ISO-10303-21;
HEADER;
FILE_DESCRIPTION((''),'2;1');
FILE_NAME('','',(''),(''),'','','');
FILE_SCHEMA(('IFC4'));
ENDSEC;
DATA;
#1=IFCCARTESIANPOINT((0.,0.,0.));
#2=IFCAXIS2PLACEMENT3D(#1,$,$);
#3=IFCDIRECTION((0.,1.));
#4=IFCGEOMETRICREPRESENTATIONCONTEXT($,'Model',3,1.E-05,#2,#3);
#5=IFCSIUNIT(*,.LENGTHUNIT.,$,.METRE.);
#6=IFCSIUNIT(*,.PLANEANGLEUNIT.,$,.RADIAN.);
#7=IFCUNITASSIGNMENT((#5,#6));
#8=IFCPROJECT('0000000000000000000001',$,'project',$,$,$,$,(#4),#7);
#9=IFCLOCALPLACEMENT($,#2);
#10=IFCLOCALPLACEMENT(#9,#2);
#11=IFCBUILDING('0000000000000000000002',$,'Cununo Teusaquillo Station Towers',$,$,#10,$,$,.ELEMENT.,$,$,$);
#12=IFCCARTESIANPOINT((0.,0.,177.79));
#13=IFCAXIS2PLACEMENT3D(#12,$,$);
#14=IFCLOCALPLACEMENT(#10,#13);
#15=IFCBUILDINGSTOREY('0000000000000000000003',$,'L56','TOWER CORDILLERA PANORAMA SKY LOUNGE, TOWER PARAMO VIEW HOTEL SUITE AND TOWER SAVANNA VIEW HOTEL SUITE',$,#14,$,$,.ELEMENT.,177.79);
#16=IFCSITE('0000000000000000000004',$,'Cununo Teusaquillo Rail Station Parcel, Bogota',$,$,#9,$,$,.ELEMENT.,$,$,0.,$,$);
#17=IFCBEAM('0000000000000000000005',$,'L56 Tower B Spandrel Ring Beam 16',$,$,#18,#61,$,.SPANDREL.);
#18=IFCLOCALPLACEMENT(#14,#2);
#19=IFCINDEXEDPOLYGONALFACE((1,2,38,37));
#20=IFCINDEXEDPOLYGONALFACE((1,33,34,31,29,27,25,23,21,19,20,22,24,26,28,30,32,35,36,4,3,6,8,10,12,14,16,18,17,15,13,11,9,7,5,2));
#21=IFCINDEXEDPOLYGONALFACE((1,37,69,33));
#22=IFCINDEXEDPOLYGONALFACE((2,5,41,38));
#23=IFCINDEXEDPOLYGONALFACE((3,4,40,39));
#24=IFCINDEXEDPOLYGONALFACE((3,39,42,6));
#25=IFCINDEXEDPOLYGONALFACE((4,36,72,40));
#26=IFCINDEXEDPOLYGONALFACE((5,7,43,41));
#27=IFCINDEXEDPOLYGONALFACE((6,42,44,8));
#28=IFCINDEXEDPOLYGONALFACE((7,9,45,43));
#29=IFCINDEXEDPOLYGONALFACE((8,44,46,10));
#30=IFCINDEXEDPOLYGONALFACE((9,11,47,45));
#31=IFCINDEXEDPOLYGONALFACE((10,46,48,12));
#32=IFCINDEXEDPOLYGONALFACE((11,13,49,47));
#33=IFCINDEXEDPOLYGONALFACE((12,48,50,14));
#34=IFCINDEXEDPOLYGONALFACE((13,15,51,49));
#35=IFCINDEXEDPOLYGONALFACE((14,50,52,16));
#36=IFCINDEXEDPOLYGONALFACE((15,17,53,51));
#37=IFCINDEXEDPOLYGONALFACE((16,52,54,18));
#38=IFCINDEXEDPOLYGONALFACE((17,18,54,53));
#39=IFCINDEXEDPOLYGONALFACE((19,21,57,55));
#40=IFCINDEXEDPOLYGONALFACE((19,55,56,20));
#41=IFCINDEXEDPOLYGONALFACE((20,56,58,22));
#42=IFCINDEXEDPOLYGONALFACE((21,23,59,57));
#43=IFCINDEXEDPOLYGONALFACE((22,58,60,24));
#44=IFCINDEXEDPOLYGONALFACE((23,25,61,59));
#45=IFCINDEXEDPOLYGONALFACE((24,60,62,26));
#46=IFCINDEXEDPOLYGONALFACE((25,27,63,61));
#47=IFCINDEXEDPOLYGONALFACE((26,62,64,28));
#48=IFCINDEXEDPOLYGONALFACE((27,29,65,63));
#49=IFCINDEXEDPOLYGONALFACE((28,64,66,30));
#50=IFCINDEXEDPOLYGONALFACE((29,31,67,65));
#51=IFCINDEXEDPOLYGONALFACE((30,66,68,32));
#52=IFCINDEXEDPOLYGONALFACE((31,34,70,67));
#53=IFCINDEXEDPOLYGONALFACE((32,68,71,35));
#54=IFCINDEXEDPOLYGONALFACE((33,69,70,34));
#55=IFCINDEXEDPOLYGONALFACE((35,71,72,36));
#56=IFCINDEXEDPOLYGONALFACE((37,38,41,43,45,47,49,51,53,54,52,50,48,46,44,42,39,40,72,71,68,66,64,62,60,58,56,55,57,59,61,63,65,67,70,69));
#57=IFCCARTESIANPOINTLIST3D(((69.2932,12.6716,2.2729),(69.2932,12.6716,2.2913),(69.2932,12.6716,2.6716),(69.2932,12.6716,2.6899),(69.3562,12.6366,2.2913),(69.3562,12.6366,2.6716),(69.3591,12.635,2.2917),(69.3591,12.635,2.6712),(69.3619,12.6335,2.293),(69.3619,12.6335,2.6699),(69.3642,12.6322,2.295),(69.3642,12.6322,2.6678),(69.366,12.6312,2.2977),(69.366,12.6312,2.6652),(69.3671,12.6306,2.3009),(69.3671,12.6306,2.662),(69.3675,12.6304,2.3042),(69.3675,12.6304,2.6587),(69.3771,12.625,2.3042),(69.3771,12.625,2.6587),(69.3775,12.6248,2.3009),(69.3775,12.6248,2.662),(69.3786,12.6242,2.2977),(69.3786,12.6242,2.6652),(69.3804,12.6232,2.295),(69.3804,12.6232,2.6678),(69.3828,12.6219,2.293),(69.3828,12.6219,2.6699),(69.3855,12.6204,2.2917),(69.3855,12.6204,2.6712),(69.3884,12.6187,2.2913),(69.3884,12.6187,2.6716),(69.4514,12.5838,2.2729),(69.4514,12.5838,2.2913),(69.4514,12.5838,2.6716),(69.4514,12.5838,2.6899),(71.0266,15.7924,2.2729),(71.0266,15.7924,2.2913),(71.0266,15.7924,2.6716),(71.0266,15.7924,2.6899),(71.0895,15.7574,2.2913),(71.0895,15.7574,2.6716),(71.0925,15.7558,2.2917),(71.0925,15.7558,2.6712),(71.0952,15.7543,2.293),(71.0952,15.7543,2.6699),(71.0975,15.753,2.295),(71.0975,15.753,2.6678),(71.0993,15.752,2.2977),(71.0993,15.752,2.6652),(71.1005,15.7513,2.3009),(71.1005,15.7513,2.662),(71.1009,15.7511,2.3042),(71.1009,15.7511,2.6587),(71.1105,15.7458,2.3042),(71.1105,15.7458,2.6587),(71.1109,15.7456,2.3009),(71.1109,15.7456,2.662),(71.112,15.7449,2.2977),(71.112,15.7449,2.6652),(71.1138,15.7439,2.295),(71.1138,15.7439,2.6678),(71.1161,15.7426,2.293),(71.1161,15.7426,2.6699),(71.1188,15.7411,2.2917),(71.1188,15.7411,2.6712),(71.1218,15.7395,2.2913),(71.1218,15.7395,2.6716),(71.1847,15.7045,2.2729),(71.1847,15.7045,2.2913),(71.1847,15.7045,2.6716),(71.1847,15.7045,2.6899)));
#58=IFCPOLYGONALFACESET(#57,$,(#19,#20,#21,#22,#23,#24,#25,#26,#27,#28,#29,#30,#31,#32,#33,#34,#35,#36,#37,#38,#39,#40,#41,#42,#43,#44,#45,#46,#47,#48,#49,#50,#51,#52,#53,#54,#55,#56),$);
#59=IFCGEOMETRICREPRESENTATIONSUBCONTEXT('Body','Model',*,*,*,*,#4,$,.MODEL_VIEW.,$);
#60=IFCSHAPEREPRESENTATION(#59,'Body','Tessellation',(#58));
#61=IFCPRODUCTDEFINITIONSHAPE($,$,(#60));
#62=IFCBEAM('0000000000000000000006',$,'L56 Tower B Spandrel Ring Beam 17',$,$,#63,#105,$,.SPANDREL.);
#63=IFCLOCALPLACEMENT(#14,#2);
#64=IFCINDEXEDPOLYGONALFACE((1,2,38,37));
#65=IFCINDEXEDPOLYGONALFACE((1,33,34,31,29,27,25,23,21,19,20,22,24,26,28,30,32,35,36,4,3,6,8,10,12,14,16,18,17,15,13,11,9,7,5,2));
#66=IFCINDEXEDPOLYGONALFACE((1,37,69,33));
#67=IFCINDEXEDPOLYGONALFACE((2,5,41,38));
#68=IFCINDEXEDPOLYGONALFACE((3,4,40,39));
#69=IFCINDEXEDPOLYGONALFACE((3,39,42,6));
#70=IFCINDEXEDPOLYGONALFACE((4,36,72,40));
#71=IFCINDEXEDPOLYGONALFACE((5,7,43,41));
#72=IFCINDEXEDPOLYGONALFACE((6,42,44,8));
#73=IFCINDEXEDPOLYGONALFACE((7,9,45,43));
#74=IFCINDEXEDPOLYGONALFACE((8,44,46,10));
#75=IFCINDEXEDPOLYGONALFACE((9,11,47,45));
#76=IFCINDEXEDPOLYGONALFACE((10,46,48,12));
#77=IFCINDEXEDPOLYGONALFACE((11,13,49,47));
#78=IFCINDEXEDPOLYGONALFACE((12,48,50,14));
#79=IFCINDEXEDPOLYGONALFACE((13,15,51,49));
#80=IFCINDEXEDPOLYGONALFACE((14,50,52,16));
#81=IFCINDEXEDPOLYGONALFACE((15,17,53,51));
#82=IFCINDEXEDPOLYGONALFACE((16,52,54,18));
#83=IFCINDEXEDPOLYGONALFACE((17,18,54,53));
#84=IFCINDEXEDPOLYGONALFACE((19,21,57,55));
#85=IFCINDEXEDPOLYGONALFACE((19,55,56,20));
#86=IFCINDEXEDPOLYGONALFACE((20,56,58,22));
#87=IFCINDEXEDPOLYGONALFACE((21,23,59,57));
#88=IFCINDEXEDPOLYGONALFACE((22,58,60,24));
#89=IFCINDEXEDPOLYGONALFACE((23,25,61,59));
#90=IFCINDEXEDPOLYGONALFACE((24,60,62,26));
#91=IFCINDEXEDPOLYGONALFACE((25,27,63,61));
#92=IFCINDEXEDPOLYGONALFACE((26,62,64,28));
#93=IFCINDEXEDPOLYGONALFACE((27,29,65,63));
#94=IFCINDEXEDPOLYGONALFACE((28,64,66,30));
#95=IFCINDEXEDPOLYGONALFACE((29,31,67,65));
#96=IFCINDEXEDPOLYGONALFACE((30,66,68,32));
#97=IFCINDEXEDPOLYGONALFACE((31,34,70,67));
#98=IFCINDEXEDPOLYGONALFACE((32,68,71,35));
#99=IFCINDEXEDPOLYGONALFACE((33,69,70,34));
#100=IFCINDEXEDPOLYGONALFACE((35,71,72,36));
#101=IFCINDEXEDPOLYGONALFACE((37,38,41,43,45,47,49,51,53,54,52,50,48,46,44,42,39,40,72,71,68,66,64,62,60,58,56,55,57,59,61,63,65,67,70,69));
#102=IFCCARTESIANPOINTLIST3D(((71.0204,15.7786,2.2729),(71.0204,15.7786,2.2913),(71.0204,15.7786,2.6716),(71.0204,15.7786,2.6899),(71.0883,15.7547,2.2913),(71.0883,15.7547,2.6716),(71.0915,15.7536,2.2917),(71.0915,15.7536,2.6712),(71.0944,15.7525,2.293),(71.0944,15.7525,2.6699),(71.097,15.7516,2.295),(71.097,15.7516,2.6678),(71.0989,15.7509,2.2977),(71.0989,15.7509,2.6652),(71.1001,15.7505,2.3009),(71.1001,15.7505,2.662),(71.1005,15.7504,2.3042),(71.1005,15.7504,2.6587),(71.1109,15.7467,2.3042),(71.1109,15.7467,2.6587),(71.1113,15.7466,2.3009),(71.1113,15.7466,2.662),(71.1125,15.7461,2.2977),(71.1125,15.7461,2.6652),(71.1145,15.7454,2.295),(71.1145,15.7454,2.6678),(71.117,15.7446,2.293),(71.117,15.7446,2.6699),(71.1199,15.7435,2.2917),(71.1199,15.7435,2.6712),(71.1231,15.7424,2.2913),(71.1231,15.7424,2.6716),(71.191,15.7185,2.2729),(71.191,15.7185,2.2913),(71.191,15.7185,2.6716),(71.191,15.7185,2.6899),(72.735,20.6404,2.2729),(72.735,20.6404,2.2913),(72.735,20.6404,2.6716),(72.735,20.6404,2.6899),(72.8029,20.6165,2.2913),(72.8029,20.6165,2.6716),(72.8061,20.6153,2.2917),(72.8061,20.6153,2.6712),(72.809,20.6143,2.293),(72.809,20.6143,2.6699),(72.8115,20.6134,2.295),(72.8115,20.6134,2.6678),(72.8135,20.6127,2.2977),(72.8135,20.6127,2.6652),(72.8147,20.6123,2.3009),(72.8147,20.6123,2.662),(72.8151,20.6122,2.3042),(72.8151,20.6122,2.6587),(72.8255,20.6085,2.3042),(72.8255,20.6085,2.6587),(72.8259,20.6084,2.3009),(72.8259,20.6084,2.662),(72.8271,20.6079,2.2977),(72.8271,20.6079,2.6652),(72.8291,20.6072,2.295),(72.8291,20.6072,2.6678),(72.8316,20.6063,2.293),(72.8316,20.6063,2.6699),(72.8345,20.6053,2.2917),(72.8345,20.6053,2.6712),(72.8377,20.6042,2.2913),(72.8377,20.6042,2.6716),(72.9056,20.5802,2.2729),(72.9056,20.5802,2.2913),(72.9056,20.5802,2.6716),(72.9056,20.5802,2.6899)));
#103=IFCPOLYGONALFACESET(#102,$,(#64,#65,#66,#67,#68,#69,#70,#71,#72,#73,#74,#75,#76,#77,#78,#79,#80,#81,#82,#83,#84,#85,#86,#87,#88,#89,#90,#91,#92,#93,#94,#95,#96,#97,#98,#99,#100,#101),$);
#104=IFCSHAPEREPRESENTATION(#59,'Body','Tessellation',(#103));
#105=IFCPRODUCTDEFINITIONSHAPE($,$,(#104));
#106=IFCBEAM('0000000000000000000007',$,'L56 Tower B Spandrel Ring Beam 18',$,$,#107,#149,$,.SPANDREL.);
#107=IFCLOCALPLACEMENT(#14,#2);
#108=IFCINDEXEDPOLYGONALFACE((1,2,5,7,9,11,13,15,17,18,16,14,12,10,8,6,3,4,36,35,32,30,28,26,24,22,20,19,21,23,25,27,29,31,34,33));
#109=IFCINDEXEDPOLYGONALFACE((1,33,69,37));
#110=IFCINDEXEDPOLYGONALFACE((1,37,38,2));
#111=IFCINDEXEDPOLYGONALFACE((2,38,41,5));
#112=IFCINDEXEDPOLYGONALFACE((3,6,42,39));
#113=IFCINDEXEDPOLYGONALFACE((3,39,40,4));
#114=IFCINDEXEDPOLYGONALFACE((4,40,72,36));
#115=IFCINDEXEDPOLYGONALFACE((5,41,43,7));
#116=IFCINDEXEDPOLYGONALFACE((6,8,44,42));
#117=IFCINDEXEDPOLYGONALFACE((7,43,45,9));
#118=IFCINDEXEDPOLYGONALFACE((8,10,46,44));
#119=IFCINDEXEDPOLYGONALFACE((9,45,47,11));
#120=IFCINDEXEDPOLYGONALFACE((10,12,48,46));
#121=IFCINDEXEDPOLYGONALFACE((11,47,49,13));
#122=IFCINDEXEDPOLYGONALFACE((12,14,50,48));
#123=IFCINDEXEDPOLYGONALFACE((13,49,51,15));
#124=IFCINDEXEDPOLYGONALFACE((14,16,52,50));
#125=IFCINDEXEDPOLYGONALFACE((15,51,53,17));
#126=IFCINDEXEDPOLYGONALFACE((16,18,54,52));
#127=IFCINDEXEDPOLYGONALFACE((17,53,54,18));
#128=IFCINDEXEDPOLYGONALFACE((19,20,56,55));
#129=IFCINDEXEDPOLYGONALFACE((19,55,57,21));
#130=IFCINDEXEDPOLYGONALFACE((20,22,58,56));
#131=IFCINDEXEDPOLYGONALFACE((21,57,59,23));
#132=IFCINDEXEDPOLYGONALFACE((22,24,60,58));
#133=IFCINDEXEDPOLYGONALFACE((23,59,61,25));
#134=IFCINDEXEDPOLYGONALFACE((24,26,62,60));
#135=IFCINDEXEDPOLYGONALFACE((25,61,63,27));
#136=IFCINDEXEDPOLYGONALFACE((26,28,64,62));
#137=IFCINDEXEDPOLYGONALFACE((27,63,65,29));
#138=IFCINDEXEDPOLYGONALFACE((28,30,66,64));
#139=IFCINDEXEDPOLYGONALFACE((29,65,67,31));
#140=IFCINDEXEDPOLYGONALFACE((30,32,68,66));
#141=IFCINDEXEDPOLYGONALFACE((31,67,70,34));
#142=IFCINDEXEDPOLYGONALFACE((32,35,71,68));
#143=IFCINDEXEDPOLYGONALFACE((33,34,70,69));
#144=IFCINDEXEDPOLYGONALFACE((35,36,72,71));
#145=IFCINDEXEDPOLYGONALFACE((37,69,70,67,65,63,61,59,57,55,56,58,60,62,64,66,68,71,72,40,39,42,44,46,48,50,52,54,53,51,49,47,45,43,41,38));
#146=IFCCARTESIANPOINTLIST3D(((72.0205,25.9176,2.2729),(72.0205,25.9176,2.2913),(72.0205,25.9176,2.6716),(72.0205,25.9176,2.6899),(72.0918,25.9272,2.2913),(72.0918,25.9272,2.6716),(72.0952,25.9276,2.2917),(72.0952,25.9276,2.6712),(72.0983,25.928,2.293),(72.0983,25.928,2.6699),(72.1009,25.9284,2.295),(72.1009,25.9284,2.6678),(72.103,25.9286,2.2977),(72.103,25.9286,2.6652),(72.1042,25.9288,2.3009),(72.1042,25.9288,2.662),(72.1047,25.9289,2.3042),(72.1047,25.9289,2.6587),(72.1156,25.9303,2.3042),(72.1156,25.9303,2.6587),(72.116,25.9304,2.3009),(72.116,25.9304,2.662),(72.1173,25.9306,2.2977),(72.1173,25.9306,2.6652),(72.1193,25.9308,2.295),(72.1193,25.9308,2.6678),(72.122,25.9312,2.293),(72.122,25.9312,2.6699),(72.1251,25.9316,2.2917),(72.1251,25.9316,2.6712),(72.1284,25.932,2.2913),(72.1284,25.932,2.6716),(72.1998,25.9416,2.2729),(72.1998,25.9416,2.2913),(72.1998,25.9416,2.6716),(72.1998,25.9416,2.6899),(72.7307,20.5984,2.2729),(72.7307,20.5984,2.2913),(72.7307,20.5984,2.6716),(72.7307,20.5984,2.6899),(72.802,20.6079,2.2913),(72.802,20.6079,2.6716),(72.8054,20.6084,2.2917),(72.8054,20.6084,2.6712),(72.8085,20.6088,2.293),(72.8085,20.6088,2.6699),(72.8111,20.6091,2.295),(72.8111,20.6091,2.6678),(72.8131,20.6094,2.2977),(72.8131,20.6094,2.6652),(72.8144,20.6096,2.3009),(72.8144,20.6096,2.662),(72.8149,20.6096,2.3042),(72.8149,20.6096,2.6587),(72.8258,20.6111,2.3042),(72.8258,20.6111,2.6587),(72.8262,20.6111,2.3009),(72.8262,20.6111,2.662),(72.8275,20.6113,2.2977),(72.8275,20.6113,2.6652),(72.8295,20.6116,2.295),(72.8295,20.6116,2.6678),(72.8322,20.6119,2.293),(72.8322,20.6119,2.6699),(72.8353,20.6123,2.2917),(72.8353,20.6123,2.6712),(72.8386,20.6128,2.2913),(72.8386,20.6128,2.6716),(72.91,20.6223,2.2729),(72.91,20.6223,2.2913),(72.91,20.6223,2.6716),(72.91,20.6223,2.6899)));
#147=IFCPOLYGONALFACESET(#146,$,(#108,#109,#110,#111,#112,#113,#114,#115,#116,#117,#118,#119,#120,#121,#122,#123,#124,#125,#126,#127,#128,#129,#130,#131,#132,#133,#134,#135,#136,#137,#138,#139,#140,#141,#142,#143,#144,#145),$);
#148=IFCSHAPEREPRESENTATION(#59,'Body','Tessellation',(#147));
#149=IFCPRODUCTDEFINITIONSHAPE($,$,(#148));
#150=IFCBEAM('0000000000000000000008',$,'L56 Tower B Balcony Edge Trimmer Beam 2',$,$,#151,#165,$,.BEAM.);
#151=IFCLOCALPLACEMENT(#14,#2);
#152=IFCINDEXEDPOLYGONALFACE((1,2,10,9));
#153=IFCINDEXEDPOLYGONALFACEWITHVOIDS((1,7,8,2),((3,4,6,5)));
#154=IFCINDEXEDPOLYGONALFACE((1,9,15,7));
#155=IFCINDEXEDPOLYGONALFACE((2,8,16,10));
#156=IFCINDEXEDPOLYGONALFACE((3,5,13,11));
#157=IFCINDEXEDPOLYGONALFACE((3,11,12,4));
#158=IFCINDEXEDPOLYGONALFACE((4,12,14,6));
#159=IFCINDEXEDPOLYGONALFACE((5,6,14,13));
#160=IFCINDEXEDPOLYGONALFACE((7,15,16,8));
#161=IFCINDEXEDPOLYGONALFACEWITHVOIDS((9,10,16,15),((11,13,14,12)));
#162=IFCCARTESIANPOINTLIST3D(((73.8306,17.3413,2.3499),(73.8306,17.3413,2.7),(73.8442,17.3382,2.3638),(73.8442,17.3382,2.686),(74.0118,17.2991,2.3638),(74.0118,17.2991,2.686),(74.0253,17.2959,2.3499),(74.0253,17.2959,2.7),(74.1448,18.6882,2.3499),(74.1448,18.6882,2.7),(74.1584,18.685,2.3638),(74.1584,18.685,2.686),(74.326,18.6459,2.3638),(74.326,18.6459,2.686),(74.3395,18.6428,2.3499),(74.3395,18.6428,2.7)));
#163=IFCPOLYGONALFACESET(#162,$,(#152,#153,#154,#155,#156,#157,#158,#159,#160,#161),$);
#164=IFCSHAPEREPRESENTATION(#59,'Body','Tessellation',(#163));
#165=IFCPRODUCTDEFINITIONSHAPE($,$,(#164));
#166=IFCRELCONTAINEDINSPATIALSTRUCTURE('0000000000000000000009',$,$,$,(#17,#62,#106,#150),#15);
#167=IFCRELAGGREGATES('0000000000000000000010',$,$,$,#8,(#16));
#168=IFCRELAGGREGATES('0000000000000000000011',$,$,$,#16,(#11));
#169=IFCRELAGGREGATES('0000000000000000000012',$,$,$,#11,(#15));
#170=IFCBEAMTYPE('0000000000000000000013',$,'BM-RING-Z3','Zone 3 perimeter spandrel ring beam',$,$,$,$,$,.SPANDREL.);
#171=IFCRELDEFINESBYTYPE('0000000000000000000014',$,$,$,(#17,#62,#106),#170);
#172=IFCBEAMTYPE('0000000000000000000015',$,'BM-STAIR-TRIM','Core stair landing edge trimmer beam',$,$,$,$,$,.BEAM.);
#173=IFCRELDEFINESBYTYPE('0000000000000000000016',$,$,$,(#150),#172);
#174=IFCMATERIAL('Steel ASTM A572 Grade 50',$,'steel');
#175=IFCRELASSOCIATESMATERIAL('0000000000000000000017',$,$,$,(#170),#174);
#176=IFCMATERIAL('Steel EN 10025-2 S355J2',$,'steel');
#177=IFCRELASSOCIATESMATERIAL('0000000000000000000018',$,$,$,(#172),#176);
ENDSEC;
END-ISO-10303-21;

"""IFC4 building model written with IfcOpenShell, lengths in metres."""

from ifc_helpers import new_model, si_unit, direction, frame, origin, origin_2d, place, context, subcontext, project, spatial, hollow_rectangle, i_section, extrude, material, material_profile, profile_set, type_object, element, save


model = new_model("IFC4")

# Units and contexts
model_context = context("Model", 3, precision=1e-05, world=origin(), true_north=direction((0.0, 1.0)))
body_context = subcontext(model_context, "Body", "Model", "MODEL_VIEW")
ifc_project = project(units=[si_unit("LENGTHUNIT", "METRE"), si_unit("PLANEANGLEUNIT", "RADIAN")], contexts=[model_context])

# Site, building, storey
site_placement = place(None, origin())
site = spatial("IfcSite", under=ifc_project, at=site_placement, Name="Cununo Teusaquillo Rail Station Parcel, Bogota", CompositionType="ELEMENT", RefElevation=0.0)
building_placement = place(site_placement, origin())
building = spatial("IfcBuilding", under=site, at=building_placement, Name="Cununo Teusaquillo Station Towers", CompositionType="ELEMENT")
storey_placement = place(building_placement, frame((0.0, 0.0, 177.79)))
storey = spatial("IfcBuildingStorey", under=building, at=storey_placement, Name="L56", Description="TOWER CORDILLERA PANORAMA SKY LOUNGE, TOWER PARAMO VIEW HOTEL SUITE AND TOWER SAVANNA VIEW HOTEL SUITE", CompositionType="ELEMENT", Elevation=177.79)

# Beams
ifc_material_1 = material(Name="Steel ASTM A572 Grade 50", Category="steel")
ifc_material_profile_1 = material_profile(ifc_material_1, i_section(OverallWidth=0.1809, OverallDepth=0.417, WebThickness=0.011, FlangeThickness=0.0183, FilletRadius=0.0129, at=origin_2d()), Name="W16X57")
ifc_profile_set_1 = profile_set([ifc_material_profile_1], Name="Steel ASTM A572 Grade 50")
beam_type_1 = type_object("IfcBeamType", Name="BM-RING-Z3", Description="Zone 3 perimeter spandrel ring beam", PredefinedType="SPANDREL", material=ifc_profile_set_1)
for number, where, z_axis, x_axis, name in (
    (1, (69.3723, 12.6277, 2.4814), (0.485556, 0.874206, 0.0), (-0.874206, 0.485556, 0.0), "L56 Tower B Spandrel Ring Beam 16"),
):
    element("IfcBeam", number, at=place(storey_placement, frame(where, z_axis=z_axis, x_axis=x_axis)), inside=storey, type_object=beam_type_1, Name=name, PredefinedType="SPANDREL", context=body_context, shape_type="SweptSolid", body=[
        extrude(i_section(OverallWidth=0.1809, OverallDepth=0.417, WebThickness=0.011, FlangeThickness=0.0183, FilletRadius=0.0129, at=origin_2d()), origin(), (0.0, 0.0, 1.0), 3.5698),
    ])
beam_1_placement = place(storey_placement, frame((71.1057, 15.7485, 2.4814), z_axis=(0.33259, 0.943072, 0.0), x_axis=(-0.943072, 0.33259, 0.0)))
element("IfcBeam", 2, at=beam_1_placement, inside=storey, type_object=beam_type_1, Name="L56 Tower B Spandrel Ring Beam 17", PredefinedType="SPANDREL", context=body_context, shape_type="SweptSolid", body=[
    extrude(i_section(OverallWidth=0.1809, OverallDepth=0.417, WebThickness=0.011, FlangeThickness=0.0183, FilletRadius=0.0129, at=origin_2d()), origin(), (0.0, 0.0, 1.0), 5.1553),
])
beam_2_placement = place(storey_placement, frame((72.8203, 20.6104, 2.4814), z_axis=(-0.13234, 0.991204, 0.0), x_axis=(-0.991204, -0.13234, 0.0)))
element("IfcBeam", 3, at=beam_2_placement, inside=storey, type_object=beam_type_1, Name="L56 Tower B Spandrel Ring Beam 18", PredefinedType="SPANDREL", context=body_context, shape_type="SweptSolid", body=[
    extrude(i_section(OverallWidth=0.1809, OverallDepth=0.417, WebThickness=0.011, FlangeThickness=0.0183, FilletRadius=0.0129, at=origin_2d()), origin(), (0.0, 0.0, 1.0), 5.3665),
])
ifc_material_2 = material(Name="Steel EN 10025-2 S355J2", Category="steel")
ifc_material_profile_2 = material_profile(ifc_material_2, hollow_rectangle(XDim=0.2, YDim=0.3501, WallThickness=0.0139, at=origin_2d()), Name="RHS 350x200x14")
ifc_profile_set_2 = profile_set([ifc_material_profile_2], Name="Steel EN 10025-2 S355J2")
beam_type_2 = type_object("IfcBeamType", Name="BM-STAIR-TRIM", Description="Core stair landing edge trimmer beam", PredefinedType="BEAM", material=ifc_profile_set_2)
beam_3_placement = place(storey_placement, frame((73.928, 17.3186, 2.5249), z_axis=(0.227179, 0.973853, 0.0), x_axis=(-0.973853, 0.227179, 0.0)))
element("IfcBeam", 4, at=beam_3_placement, inside=storey, type_object=beam_type_2, Name="L56 Tower B Balcony Edge Trimmer Beam 2", PredefinedType="BEAM", context=body_context, shape_type="SweptSolid", body=[
    extrude(hollow_rectangle(XDim=0.2, YDim=0.3501, WallThickness=0.0139, at=origin_2d()), origin(), (0.0, 0.0, 1.0), 1.3831),
])

save(model, "model.ifc")
